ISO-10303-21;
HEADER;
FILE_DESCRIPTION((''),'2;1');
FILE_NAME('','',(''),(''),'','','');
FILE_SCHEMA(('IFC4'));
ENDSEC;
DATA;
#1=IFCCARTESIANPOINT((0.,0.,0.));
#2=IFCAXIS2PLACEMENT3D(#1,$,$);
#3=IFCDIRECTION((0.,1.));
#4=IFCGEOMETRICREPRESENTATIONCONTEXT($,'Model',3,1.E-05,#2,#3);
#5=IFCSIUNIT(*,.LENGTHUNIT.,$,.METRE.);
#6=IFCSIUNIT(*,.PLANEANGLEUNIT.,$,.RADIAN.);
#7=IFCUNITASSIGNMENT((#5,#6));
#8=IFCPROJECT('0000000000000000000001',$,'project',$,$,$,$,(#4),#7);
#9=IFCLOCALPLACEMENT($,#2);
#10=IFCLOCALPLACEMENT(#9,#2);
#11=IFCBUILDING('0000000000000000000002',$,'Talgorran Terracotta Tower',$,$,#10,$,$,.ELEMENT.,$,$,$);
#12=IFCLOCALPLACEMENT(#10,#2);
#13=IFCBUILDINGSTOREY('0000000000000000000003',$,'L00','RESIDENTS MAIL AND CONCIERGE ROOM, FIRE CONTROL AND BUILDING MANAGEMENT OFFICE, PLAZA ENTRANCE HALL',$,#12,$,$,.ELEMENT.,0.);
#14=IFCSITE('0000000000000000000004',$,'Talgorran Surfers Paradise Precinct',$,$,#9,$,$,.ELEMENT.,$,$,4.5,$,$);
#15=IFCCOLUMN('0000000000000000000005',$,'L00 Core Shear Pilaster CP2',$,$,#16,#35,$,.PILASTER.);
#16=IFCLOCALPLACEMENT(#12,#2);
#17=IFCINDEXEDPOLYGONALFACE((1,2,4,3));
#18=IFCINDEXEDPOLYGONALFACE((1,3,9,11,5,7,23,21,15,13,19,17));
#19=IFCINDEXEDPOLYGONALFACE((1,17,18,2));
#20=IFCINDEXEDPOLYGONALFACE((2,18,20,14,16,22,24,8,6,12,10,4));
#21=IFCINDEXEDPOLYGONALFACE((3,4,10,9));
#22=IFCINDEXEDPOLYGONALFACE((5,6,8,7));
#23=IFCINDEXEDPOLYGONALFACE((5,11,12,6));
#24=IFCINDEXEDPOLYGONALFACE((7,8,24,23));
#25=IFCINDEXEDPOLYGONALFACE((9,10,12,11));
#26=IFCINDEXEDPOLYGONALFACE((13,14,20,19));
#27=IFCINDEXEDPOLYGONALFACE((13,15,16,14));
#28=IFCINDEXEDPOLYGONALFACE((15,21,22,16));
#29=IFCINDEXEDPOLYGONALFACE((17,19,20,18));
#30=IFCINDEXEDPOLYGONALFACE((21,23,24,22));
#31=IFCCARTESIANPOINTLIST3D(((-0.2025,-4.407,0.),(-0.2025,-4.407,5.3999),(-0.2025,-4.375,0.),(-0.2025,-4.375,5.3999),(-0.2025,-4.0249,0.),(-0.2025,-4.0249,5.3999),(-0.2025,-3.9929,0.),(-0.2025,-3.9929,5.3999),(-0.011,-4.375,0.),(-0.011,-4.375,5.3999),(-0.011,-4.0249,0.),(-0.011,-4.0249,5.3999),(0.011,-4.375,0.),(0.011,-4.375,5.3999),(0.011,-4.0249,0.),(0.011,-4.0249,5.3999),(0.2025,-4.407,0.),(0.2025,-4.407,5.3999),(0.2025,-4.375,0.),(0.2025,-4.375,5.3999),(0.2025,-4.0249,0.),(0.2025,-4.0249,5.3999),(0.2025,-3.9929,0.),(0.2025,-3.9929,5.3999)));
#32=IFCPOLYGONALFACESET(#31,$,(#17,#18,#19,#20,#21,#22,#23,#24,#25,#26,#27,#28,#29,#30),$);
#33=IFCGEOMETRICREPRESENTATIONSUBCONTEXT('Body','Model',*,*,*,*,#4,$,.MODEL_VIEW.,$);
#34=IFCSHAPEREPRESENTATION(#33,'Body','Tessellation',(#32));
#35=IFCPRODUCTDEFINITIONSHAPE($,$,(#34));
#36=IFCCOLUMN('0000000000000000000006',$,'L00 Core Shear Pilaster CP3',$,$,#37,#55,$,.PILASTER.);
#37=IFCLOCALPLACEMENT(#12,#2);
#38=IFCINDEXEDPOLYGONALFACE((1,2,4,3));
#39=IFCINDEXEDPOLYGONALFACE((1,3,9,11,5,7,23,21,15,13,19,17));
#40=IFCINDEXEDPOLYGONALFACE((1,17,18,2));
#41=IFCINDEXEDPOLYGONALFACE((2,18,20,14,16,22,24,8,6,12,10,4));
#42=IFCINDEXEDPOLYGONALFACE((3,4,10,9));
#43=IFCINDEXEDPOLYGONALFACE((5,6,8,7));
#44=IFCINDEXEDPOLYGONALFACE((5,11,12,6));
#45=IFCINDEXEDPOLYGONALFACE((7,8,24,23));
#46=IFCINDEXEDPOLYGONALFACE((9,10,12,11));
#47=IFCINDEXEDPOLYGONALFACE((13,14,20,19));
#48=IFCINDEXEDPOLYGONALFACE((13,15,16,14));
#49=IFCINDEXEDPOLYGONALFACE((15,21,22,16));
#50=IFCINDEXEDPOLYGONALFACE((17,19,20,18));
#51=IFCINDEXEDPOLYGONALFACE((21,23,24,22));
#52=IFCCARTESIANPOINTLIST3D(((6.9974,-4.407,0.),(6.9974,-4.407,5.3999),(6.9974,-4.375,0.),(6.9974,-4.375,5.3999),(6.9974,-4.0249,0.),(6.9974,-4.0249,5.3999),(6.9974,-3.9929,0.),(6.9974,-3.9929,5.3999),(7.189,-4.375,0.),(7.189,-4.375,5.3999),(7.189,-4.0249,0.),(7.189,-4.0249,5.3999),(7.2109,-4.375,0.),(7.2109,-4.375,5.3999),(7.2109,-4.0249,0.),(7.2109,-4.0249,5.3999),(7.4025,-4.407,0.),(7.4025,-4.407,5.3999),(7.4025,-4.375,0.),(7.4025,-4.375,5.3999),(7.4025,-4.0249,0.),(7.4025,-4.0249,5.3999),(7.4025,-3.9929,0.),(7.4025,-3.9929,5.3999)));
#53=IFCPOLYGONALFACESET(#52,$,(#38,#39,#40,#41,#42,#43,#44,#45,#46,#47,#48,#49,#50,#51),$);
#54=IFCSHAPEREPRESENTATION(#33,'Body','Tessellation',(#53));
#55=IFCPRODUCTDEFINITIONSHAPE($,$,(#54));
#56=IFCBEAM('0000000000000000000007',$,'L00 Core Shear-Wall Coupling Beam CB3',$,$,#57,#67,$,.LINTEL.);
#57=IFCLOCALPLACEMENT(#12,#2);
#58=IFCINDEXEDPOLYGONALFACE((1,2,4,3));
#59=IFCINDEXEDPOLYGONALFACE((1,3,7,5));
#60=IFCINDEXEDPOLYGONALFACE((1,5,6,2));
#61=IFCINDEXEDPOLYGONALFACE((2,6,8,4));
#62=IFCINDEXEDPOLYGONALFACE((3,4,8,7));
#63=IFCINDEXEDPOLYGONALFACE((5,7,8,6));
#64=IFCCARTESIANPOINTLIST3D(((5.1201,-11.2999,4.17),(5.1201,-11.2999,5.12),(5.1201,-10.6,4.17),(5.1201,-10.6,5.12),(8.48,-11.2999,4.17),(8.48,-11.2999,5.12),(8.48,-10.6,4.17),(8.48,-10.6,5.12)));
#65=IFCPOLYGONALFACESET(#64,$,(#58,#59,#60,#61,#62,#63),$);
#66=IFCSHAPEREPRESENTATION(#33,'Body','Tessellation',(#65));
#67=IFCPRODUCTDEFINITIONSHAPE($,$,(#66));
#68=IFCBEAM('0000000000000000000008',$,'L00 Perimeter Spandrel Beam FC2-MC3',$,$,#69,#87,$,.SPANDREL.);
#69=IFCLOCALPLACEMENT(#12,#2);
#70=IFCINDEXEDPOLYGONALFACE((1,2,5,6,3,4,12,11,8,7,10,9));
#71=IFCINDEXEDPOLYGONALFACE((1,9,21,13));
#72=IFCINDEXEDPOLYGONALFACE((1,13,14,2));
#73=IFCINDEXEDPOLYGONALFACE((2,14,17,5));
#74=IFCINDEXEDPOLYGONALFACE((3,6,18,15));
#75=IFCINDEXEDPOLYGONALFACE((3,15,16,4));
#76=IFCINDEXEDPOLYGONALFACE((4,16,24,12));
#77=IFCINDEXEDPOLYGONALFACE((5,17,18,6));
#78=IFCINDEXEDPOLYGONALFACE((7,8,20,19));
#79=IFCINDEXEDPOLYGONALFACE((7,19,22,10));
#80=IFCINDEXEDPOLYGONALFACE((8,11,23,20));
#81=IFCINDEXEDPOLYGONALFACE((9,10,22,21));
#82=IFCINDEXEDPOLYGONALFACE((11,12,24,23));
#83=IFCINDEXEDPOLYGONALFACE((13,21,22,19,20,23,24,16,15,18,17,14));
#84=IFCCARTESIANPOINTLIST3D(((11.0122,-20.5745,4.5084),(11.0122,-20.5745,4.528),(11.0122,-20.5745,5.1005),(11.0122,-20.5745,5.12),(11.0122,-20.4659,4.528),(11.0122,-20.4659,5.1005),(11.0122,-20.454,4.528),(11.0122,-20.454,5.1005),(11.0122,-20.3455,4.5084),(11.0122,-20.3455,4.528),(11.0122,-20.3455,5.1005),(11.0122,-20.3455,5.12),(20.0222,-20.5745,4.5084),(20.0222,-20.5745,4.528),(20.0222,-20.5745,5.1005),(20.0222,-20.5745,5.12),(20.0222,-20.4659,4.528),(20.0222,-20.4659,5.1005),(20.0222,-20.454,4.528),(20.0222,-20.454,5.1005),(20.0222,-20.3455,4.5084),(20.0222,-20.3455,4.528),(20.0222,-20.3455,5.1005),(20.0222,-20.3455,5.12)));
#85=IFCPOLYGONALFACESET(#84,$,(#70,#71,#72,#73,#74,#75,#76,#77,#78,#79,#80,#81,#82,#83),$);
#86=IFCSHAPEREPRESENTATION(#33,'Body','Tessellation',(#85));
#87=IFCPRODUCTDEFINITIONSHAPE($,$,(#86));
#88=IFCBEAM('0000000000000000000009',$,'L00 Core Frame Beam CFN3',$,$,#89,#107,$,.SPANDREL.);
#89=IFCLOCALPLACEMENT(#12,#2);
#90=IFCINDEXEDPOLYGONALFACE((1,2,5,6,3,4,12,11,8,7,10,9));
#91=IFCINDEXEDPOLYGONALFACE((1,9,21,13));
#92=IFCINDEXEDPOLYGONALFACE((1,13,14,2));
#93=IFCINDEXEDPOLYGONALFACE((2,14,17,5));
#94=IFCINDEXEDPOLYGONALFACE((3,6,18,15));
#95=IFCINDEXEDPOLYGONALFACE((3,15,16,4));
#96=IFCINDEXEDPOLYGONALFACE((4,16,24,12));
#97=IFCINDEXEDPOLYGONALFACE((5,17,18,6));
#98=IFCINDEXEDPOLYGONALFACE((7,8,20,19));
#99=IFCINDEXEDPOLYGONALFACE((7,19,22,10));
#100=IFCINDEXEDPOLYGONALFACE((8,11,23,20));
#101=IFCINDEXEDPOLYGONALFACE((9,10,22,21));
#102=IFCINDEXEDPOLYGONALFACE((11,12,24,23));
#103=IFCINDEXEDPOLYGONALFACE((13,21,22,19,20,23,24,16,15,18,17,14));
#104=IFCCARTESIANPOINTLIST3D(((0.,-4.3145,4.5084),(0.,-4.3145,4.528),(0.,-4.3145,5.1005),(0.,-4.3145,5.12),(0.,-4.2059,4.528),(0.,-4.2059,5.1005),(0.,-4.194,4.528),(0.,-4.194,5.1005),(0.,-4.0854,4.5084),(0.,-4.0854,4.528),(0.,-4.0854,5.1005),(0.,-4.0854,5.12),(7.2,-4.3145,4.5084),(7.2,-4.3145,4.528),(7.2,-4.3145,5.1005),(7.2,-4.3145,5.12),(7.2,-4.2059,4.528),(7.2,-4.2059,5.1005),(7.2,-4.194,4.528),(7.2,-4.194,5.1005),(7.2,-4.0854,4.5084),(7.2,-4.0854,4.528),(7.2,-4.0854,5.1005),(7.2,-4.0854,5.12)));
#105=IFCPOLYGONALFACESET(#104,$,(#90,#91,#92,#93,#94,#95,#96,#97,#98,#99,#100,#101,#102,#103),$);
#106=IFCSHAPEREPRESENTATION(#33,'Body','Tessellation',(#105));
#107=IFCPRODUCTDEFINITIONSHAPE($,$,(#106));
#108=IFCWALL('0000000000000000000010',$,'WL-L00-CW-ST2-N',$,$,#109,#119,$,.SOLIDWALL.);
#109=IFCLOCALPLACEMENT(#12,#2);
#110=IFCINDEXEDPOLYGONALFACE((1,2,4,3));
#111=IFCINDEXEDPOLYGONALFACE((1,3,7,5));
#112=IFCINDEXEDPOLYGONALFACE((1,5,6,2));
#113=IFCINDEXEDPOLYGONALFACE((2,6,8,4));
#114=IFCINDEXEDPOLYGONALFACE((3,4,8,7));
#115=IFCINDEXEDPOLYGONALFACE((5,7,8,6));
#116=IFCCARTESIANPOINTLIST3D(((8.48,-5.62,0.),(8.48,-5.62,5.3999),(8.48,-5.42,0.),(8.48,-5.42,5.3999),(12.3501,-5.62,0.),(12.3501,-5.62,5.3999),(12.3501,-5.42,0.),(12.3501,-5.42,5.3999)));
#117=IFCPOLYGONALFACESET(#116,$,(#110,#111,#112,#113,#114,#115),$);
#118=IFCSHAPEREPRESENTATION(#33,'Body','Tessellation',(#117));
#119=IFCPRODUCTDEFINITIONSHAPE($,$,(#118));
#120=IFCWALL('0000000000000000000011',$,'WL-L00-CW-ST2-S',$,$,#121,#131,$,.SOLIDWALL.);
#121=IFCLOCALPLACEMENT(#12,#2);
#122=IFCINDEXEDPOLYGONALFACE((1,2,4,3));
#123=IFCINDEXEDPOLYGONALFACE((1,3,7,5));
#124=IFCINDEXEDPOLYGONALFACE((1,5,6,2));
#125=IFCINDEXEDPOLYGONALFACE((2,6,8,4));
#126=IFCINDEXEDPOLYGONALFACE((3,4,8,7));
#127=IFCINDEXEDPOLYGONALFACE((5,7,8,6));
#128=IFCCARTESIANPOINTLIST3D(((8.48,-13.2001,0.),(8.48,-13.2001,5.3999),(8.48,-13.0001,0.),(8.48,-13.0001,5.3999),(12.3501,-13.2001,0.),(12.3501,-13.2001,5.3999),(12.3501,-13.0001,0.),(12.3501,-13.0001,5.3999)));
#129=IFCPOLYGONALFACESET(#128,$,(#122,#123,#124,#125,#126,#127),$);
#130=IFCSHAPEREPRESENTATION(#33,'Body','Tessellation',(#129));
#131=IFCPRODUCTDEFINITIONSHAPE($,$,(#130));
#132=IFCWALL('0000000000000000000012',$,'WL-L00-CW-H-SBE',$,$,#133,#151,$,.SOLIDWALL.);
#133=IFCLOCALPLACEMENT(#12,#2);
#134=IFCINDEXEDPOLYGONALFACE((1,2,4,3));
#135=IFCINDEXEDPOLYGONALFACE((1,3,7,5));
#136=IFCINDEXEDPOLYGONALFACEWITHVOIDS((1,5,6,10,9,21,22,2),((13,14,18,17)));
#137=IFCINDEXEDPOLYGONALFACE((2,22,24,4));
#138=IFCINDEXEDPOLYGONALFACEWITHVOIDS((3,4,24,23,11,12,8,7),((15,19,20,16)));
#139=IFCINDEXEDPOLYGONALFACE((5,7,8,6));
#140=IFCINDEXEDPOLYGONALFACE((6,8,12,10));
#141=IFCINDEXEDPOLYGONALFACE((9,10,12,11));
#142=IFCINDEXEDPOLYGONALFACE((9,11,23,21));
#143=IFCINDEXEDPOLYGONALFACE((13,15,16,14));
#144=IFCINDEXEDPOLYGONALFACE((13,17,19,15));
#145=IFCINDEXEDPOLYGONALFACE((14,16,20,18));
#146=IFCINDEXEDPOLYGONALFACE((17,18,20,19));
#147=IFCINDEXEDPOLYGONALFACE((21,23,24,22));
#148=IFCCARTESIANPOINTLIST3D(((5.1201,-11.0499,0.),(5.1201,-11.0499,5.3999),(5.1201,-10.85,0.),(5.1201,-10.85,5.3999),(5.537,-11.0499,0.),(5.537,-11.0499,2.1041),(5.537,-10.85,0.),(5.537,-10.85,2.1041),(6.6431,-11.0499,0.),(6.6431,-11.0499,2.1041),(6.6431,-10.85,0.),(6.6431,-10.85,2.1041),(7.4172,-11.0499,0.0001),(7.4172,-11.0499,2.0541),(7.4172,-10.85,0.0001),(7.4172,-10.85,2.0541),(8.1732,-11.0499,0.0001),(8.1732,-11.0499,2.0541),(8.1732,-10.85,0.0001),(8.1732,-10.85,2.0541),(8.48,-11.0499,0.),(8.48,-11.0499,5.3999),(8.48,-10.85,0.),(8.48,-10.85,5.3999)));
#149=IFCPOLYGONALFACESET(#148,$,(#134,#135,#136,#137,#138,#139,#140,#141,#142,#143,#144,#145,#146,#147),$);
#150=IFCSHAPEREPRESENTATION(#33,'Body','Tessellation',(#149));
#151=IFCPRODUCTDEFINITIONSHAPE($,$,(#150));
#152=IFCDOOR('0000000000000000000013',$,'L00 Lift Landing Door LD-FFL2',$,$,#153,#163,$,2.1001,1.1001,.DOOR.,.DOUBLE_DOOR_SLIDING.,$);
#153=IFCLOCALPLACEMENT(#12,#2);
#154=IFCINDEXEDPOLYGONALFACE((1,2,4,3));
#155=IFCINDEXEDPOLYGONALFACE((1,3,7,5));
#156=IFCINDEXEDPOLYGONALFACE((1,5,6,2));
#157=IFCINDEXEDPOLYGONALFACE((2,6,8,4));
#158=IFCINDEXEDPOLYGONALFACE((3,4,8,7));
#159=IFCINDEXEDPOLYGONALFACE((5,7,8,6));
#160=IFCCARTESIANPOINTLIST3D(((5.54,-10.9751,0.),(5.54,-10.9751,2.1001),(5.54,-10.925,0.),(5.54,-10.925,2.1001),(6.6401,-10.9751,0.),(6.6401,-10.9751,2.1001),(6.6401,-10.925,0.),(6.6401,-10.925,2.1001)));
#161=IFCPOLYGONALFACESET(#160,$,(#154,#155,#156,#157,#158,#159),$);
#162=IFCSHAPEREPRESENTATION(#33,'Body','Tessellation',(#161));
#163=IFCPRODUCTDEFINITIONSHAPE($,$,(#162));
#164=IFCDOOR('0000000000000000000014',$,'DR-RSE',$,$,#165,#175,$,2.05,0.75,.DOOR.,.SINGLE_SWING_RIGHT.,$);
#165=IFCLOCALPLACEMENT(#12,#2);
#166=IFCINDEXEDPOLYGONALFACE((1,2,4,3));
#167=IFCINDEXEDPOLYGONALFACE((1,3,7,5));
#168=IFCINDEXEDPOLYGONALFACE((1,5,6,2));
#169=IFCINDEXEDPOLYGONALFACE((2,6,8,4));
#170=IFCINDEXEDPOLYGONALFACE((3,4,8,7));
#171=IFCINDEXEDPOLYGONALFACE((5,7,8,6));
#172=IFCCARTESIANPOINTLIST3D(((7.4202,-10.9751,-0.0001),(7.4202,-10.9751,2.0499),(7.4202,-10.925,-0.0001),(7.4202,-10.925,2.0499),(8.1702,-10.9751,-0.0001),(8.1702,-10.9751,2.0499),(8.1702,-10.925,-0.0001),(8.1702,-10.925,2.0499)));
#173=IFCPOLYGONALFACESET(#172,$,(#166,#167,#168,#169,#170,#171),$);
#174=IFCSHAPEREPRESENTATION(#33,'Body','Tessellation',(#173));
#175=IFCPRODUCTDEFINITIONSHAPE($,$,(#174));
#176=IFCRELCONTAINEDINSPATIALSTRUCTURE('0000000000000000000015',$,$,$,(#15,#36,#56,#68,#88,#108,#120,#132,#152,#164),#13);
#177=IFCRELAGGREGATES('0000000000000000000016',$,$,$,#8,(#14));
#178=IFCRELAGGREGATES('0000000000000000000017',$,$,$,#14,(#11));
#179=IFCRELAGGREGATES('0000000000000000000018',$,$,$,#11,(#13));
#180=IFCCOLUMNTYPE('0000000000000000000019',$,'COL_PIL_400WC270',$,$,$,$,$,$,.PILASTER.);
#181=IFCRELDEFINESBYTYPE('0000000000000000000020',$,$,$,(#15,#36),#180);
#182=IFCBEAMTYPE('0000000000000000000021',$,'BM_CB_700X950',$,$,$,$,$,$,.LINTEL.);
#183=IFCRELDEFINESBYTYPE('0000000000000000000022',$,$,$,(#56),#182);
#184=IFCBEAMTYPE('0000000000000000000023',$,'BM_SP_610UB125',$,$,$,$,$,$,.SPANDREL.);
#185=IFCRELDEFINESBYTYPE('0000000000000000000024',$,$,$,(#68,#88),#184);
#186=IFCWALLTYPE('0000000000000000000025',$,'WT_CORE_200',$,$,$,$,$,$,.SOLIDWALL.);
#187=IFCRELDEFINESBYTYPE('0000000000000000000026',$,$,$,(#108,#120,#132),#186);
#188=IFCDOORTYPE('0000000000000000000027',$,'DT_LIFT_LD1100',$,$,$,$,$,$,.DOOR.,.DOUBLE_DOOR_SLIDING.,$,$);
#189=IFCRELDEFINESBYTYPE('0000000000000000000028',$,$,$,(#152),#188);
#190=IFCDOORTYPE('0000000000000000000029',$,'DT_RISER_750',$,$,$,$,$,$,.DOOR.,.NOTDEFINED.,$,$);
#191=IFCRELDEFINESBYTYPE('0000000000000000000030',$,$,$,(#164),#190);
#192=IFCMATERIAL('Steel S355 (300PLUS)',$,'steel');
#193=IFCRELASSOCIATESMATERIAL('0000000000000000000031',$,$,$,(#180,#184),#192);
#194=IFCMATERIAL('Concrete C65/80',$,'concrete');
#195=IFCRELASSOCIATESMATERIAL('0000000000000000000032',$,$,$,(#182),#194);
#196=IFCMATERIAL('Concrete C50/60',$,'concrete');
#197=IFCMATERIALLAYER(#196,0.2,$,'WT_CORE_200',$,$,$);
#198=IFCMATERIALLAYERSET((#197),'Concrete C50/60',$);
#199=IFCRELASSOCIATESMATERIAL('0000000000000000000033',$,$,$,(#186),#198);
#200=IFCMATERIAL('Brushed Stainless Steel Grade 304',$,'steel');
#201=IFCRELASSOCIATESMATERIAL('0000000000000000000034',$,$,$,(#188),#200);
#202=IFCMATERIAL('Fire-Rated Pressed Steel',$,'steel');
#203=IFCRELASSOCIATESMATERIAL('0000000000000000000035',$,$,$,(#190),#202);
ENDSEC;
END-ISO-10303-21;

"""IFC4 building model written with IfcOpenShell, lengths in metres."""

from ifc_helpers import new_model, si_unit, direction, frame, frame_2d, origin, origin_2d, place, context, subcontext, project, spatial, rectangle, i_section, extrude, material, layer, layer_set, material_profile, profile_set, type_object, element, fill, save


model = new_model("IFC4")

# Units and contexts
model_context = context("Model", 3, precision=1e-05, world=origin(), true_north=direction((0.0, 1.0)))
body_context = subcontext(model_context, "Body", "Model", "MODEL_VIEW")
ifc_project = project(units=[si_unit("LENGTHUNIT", "METRE"), si_unit("PLANEANGLEUNIT", "RADIAN")], contexts=[model_context])

# Site, building, storey
site_placement = place(None, origin())
site = spatial("IfcSite", under=ifc_project, at=site_placement, Name="Talgorran Surfers Paradise Precinct", CompositionType="ELEMENT", RefElevation=4.5)
building_placement = place(site_placement, origin())
building = spatial("IfcBuilding", under=site, at=building_placement, Name="Talgorran Terracotta Tower", CompositionType="ELEMENT")
storey_placement = place(building_placement, origin())
storey = spatial("IfcBuildingStorey", under=building, at=storey_placement, Name="L00", Description="RESIDENTS MAIL AND CONCIERGE ROOM, FIRE CONTROL AND BUILDING MANAGEMENT OFFICE, PLAZA ENTRANCE HALL", CompositionType="ELEMENT", Elevation=0.0)

# Columns
ifc_material_1 = material(Name="Steel S355 (300PLUS)", Category="steel")
ifc_material_profile_1 = material_profile(ifc_material_1, i_section(OverallWidth=0.405, OverallDepth=0.4141, WebThickness=0.022, FlangeThickness=0.032, at=origin_2d()), Name="400WC270")
ifc_profile_set_1 = profile_set([ifc_material_profile_1], Name="Steel S355 (300PLUS)")
column_type = type_object("IfcColumnType", Name="COL_PIL_400WC270", PredefinedType="PILASTER", material=ifc_profile_set_1)
for number, where, z_axis, x_axis, name in (
    (1, (0.0, -4.2, 0.0), (0.0, 0.0, 1.0), (1.0, 0.0, 0.0), "L00 Core Shear Pilaster CP2"),
    (2, (7.2, -4.2, 0.0), (0.0, 0.0, 1.0), (1.0, 0.0, 0.0), "L00 Core Shear Pilaster CP3"),
):
    element("IfcColumn", number, at=place(storey_placement, frame(where, z_axis=z_axis, x_axis=x_axis)), inside=storey, type_object=column_type, Name=name, PredefinedType="PILASTER", context=body_context, shape_type="SweptSolid", body=[
        extrude(i_section(OverallWidth=0.405, OverallDepth=0.4141, WebThickness=0.022, FlangeThickness=0.032, at=origin_2d()), origin(), (0.0, 0.0, 1.0), 5.3999),
    ])

# Beams
ifc_material_2 = material(Name="Concrete C65/80", Category="concrete")
ifc_material_profile_2 = material_profile(ifc_material_2, rectangle(XDim=0.7, YDim=0.95, at=origin_2d()), Name="RCCB700X950")
ifc_profile_set_2 = profile_set([ifc_material_profile_2], Name="Concrete C65/80")
beam_type_1 = type_object("IfcBeamType", Name="BM_CB_700X950", PredefinedType="LINTEL", material=ifc_profile_set_2)
beam_1_placement = place(storey_placement, frame((5.1201, -10.95, 4.645), z_axis=(1.0, 0.0, 0.0), x_axis=(0.0, 1.0, 0.0)))
element("IfcBeam", 3, at=beam_1_placement, inside=storey, type_object=beam_type_1, Name="L00 Core Shear-Wall Coupling Beam CB3", PredefinedType="LINTEL", context=body_context, shape_type="SweptSolid", body=[
    extrude(rectangle(XDim=0.7, YDim=0.95, at=origin_2d()), origin(), (0.0, 0.0, 1.0), 3.3599),
])
ifc_material_profile_3 = material_profile(ifc_material_1, i_section(OverallWidth=0.229, OverallDepth=0.6116, WebThickness=0.012, FlangeThickness=0.0195, at=origin_2d()), Name="610UB125")
ifc_profile_set_3 = profile_set([ifc_material_profile_3], Name="Steel S355 (300PLUS)")
beam_type_2 = type_object("IfcBeamType", Name="BM_SP_610UB125", PredefinedType="SPANDREL", material=ifc_profile_set_3)
beam_2_placement = place(storey_placement, frame((11.0122, -20.46, 4.8142), z_axis=(1.0, 0.0, 0.0), x_axis=(0.0, 1.0, 0.0)))
element("IfcBeam", 4, at=beam_2_placement, inside=storey, type_object=beam_type_2, Name="L00 Perimeter Spandrel Beam FC2-MC3", PredefinedType="SPANDREL", context=body_context, shape_type="SweptSolid", body=[
    extrude(i_section(OverallWidth=0.229, OverallDepth=0.6116, WebThickness=0.012, FlangeThickness=0.0195, at=origin_2d()), origin(), (0.0, 0.0, 1.0), 9.01),
])
beam_3_placement = place(storey_placement, frame((0.0, -4.2, 4.8142), z_axis=(1.0, 0.0, 0.0), x_axis=(0.0, 1.0, 0.0)))
element("IfcBeam", 5, at=beam_3_placement, inside=storey, type_object=beam_type_2, Name="L00 Core Frame Beam CFN3", PredefinedType="SPANDREL", context=body_context, shape_type="SweptSolid", body=[
    extrude(i_section(OverallWidth=0.229, OverallDepth=0.6116, WebThickness=0.012, FlangeThickness=0.0195, at=origin_2d()), origin(), (0.0, 0.0, 1.0), 7.2),
])

# Walls
ifc_material_3 = material(Name="Concrete C50/60", Category="concrete")
ifc_layer_1 = layer(ifc_material_3, 0.2, Name="WT_CORE_200")
ifc_layer_set_1 = layer_set([ifc_layer_1], Name="Concrete C50/60")
wall_type_1 = type_object("IfcWallType", Name="WT_CORE_200", PredefinedType="SOLIDWALL", material=ifc_layer_set_1)
for number, where, z_axis, x_axis, name in (
    (6, (8.48, -5.52, 0.0), (0.0, 0.0, 1.0), (1.0, 0.0, 0.0), "WL-L00-CW-ST2-N"),
    (7, (8.48, -13.1001, 0.0), (0.0, 0.0, 1.0), (1.0, 0.0, 0.0), "WL-L00-CW-ST2-S"),
):
    element("IfcWall", number, at=place(storey_placement, frame(where, z_axis=z_axis, x_axis=x_axis)), inside=storey, type_object=wall_type_1, Name=name, PredefinedType="SOLIDWALL", context=body_context, shape_type="SweptSolid", body=[
        extrude(rectangle(XDim=3.8701, YDim=0.2, at=frame_2d((1.9351, 0.0))), origin(), (0.0, 0.0, 1.0), 5.3999),
    ])

# Wall, openings, doors
wall_1_placement = place(storey_placement, frame((5.1201, -10.95, 0.0), z_axis=(0.0, 0.0, 1.0), x_axis=(1.0, 0.0, 0.0)))
wall_1 = element("IfcWall", 8, at=wall_1_placement, inside=storey, type_object=wall_type_1, Name="WL-L00-CW-H-SBE", PredefinedType="SOLIDWALL", context=body_context, shape_type="SweptSolid", body=[
    extrude(rectangle(XDim=3.3599, YDim=0.2, at=frame_2d((1.6799, 0.0))), origin(), (0.0, 0.0, 1.0), 5.3999),
])
opening_1_placement = place(wall_1_placement, frame((0.4199, 0.0, 0.0)))
opening_1 = element("IfcOpeningElement", 9, at=opening_1_placement, cuts=wall_1, PredefinedType="OPENING", context=body_context, shape_type="SweptSolid", body=[
    extrude(rectangle(XDim=1.1061, YDim=2.1041, at=frame_2d((0.55, 1.052))), frame((0.0, 0.1099, 0.0), z_axis=(0.0, -1.0, 0.0), x_axis=(1.0, 0.0, 0.0)), (0.0, 0.0, 1.0), 0.22),
])
opening_2_placement = place(wall_1_placement, frame((2.3, 0.0, 0.0)))
opening_2 = element("IfcOpeningElement", 10, at=opening_2_placement, cuts=wall_1, PredefinedType="OPENING", context=body_context, shape_type="SweptSolid", body=[
    extrude(rectangle(XDim=0.756, YDim=2.054, at=frame_2d((0.375, 1.0271))), frame((0.0, 0.1099, 0.0), z_axis=(0.0, -1.0, 0.0), x_axis=(1.0, 0.0, 0.0)), (0.0, 0.0, 1.0), 0.22),
])
ifc_material_4 = material(Name="Brushed Stainless Steel Grade 304", Category="steel")
door_type_1 = type_object("IfcDoorType", Name="DT_LIFT_LD1100", OperationType="DOUBLE_DOOR_SLIDING", PredefinedType="DOOR", material=ifc_material_4)
door_1_placement = place(opening_1_placement, origin())
door_1 = element("IfcDoor", 11, at=door_1_placement, inside=storey, type_object=door_type_1, Name="L00 Lift Landing Door LD-FFL2", OperationType="DOUBLE_DOOR_SLIDING", OverallHeight=2.1001, OverallWidth=1.1001, PredefinedType="DOOR", context=body_context, shape_type="SweptSolid", body=[
    extrude(rectangle(XDim=1.1001, YDim=2.1001, at=frame_2d((0.55, 1.05))), frame((0.0, 0.0249, 0.0), z_axis=(0.0, -1.0, 0.0), x_axis=(1.0, 0.0, 0.0)), (0.0, 0.0, 1.0), 0.05),
])
fill(opening_1, door_1)
ifc_material_5 = material(Name="Fire-Rated Pressed Steel", Category="steel")
door_type_2 = type_object("IfcDoorType", Name="DT_RISER_750", OperationType="NOTDEFINED", PredefinedType="DOOR", material=ifc_material_5)
door_2_placement = place(opening_2_placement, origin())
door_2 = element("IfcDoor", 12, at=door_2_placement, inside=storey, type_object=door_type_2, Name="DR-RSE", OperationType="SINGLE_SWING_RIGHT", OverallHeight=2.05, OverallWidth=0.75, PredefinedType="DOOR", context=body_context, shape_type="SweptSolid", body=[
    extrude(rectangle(XDim=0.75, YDim=2.05, at=frame_2d((0.375, 1.0249))), frame((0.0, 0.0249, 0.0), z_axis=(0.0, -1.0, 0.0), x_axis=(1.0, 0.0, 0.0)), (0.0, 0.0, 1.0), 0.05),
])
fill(opening_2, door_2)

save(model, "model.ifc")
